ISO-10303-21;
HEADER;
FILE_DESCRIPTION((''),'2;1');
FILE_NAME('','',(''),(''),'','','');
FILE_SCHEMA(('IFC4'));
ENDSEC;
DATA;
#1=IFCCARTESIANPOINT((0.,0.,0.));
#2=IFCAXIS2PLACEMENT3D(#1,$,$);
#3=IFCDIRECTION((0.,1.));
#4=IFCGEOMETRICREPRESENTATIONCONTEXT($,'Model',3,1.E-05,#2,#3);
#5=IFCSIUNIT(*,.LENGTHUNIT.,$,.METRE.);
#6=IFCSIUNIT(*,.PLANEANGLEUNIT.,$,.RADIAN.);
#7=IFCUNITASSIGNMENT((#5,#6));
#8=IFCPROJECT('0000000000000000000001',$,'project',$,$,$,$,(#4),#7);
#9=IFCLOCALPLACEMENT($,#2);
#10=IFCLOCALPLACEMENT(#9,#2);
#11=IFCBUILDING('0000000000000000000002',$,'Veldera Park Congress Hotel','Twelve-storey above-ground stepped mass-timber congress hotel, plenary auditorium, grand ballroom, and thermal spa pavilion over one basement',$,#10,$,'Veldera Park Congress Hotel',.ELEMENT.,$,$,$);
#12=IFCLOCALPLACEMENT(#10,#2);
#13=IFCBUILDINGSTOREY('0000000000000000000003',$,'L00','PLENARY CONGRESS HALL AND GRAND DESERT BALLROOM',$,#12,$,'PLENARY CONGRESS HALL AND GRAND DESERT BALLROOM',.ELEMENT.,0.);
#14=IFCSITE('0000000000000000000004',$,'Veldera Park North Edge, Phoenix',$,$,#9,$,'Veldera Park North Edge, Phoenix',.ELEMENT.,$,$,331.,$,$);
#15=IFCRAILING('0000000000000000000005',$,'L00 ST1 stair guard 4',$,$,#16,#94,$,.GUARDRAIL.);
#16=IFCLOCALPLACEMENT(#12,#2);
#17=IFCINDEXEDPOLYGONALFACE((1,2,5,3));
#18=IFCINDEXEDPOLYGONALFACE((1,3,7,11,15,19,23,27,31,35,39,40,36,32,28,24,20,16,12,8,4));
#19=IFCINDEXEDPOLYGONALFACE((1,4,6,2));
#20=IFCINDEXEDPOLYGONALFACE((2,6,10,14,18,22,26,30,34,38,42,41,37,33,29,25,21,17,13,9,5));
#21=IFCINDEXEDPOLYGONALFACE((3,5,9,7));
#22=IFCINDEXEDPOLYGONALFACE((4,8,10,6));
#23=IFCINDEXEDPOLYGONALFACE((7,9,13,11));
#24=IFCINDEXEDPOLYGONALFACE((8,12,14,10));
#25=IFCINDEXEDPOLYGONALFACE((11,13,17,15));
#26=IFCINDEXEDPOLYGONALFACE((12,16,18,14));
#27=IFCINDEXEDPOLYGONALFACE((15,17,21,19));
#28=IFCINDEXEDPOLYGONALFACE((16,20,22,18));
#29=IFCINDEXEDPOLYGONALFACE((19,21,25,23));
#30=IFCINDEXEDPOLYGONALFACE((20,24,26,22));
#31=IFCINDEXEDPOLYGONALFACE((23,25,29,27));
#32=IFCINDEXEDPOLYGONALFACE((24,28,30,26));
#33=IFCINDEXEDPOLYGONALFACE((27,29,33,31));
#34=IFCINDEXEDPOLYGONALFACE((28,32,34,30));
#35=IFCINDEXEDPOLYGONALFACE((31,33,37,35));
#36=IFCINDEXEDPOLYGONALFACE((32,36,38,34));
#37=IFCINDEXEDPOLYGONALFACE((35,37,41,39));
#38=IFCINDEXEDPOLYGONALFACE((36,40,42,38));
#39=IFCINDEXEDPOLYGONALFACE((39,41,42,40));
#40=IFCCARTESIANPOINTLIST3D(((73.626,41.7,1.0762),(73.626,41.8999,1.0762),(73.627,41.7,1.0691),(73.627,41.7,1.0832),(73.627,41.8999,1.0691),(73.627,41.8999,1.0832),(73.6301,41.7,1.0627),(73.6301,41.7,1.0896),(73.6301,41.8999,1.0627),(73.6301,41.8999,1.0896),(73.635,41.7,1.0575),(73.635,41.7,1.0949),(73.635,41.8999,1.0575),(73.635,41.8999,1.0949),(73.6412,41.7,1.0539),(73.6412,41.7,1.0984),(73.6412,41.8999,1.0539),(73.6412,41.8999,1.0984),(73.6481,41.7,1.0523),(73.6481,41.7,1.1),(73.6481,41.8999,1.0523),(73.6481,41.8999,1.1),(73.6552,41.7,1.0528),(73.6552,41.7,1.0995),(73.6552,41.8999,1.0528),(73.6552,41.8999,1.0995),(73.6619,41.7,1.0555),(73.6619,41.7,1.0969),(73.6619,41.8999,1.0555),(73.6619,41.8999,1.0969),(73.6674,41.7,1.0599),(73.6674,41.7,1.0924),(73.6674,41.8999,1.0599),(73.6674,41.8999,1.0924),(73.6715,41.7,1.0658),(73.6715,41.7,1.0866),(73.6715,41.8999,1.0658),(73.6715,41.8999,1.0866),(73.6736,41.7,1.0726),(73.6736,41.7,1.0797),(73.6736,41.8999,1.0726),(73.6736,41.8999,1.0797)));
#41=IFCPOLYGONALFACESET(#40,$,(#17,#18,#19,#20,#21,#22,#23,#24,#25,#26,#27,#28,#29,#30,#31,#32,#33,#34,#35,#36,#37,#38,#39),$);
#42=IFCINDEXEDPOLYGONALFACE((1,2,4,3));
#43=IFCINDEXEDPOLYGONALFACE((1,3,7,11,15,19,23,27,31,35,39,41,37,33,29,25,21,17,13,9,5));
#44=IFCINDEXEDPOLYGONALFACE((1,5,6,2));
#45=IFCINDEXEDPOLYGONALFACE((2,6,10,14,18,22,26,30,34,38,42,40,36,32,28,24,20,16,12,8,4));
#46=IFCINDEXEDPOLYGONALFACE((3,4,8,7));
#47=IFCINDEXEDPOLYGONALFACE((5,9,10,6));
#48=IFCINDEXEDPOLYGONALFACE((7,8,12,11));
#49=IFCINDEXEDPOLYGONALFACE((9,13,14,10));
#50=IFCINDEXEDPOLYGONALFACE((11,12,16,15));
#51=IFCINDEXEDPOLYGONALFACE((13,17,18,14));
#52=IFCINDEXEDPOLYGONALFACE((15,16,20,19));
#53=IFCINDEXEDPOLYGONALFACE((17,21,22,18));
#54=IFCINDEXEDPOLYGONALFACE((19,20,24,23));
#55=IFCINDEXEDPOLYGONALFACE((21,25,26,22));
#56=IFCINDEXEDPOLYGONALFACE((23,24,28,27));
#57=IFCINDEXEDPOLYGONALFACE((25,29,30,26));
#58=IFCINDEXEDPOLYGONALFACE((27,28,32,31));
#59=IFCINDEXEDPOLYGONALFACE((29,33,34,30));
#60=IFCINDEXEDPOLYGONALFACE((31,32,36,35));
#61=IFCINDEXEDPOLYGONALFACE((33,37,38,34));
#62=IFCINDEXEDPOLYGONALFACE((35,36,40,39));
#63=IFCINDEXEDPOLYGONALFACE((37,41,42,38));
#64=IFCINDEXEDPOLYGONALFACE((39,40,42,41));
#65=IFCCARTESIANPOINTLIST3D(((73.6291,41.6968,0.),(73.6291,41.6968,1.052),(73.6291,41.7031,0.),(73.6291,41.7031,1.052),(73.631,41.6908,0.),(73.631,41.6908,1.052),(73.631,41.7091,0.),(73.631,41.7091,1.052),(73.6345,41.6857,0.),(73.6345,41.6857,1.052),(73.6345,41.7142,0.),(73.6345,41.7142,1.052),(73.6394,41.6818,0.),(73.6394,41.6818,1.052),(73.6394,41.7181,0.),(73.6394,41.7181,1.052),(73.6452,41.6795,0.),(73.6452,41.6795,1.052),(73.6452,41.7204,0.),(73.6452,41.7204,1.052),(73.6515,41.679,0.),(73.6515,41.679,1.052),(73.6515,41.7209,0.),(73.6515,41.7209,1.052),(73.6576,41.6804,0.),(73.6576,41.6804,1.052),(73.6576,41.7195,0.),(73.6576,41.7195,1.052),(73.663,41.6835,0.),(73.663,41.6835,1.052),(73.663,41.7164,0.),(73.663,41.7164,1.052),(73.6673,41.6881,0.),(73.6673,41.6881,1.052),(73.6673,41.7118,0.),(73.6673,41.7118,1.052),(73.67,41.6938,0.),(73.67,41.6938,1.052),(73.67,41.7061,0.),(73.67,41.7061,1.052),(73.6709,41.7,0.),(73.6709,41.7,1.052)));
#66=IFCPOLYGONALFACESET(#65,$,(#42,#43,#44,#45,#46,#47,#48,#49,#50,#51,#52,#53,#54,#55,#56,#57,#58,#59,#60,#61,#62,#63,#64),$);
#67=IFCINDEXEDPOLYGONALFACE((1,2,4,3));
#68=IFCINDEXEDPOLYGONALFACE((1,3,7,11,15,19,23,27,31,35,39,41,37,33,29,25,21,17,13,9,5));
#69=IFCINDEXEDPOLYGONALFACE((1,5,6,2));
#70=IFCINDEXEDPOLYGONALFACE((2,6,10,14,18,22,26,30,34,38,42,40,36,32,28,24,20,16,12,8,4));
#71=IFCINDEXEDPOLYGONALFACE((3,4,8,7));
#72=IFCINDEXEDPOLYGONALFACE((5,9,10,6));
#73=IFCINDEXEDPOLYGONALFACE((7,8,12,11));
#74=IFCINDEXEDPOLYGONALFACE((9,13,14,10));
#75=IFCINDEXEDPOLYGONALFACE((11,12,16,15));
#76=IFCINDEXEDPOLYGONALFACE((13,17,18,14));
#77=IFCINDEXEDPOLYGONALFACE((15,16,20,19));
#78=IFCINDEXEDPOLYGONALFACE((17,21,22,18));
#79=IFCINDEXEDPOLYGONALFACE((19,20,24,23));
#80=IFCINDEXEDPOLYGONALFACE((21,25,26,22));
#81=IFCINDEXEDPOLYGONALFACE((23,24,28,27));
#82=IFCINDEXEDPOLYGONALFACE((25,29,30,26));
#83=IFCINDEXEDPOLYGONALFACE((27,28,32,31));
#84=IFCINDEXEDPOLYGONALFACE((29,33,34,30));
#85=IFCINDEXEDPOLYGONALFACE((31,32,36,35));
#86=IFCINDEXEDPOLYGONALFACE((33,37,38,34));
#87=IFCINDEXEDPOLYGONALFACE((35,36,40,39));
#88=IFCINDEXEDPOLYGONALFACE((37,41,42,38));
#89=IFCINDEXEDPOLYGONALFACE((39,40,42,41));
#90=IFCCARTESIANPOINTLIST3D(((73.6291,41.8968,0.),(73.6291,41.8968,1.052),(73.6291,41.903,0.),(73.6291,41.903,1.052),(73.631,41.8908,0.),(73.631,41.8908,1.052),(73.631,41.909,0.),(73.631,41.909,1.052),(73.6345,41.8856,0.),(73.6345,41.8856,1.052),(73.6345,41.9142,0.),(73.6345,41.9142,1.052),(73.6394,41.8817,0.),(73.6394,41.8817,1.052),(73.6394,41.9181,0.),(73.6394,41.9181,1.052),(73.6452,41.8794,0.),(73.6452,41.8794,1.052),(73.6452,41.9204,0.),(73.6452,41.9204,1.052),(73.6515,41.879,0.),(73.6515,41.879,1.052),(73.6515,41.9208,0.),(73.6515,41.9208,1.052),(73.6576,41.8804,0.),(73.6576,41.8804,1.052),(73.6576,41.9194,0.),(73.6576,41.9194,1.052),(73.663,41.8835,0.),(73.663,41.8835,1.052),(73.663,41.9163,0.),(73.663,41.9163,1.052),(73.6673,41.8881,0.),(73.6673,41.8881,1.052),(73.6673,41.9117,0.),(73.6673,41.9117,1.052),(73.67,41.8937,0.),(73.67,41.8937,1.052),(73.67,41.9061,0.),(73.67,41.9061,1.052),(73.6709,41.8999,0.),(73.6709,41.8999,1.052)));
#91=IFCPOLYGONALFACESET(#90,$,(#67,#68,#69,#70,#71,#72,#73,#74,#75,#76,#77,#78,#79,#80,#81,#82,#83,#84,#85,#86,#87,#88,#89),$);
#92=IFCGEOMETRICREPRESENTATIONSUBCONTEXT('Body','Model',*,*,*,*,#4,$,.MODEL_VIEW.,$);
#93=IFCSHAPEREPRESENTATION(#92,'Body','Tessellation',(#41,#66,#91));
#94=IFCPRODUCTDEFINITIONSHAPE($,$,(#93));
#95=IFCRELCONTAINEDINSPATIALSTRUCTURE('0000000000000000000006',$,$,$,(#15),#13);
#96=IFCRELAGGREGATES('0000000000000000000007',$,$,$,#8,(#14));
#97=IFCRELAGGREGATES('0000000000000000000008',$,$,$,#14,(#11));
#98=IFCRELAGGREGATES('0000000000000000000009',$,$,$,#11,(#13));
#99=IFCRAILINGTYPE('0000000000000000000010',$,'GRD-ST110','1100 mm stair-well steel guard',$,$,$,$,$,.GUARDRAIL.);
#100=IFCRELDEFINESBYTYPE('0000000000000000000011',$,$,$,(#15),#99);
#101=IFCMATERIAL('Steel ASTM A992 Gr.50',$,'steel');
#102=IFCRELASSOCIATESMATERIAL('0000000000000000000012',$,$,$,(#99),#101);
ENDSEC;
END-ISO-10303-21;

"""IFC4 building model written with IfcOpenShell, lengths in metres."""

from ifc_helpers import new_model, si_unit, direction, frame, origin, origin_2d, place, context, subcontext, project, spatial, circle, extrude, material, type_object, element, save


model = new_model("IFC4")

# Units and contexts
model_context = context("Model", 3, precision=1e-05, world=origin(), true_north=direction((0.0, 1.0)))
body_context = subcontext(model_context, "Body", "Model", "MODEL_VIEW")
ifc_project = project(units=[si_unit("LENGTHUNIT", "METRE"), si_unit("PLANEANGLEUNIT", "RADIAN")], contexts=[model_context])

# Site, building, storey
site_placement = place(None, origin())
site = spatial("IfcSite", under=ifc_project, at=site_placement, Name="Veldera Park North Edge, Phoenix", LongName="Veldera Park North Edge, Phoenix", CompositionType="ELEMENT", RefElevation=331.0)
building_placement = place(site_placement, origin())
building = spatial("IfcBuilding", under=site, at=building_placement, Name="Veldera Park Congress Hotel", Description="Twelve-storey above-ground stepped mass-timber congress hotel, plenary auditorium, grand ballroom, and thermal spa pavilion over one basement", LongName="Veldera Park Congress Hotel", CompositionType="ELEMENT")
storey_placement = place(building_placement, origin())
storey = spatial("IfcBuildingStorey", under=building, at=storey_placement, Name="L00", Description="PLENARY CONGRESS HALL AND GRAND DESERT BALLROOM", LongName="PLENARY CONGRESS HALL AND GRAND DESERT BALLROOM", CompositionType="ELEMENT", Elevation=0.0)

# Railing
ifc_material_1 = material(Name="Steel ASTM A992 Gr.50", Category="steel")
railing_type_1 = type_object("IfcRailingType", Name="GRD-ST110", Description="1100 mm stair-well steel guard", PredefinedType="GUARDRAIL", material=ifc_material_1)
railing_1_placement = place(storey_placement, frame((73.6499, 41.7, 0.0)))
element("IfcRailing", 1, at=railing_1_placement, inside=storey, type_object=railing_type_1, Name="L00 ST1 stair guard 4", PredefinedType="GUARDRAIL", context=body_context, shape_type="SweptSolid", body=[
    extrude(circle(Radius=0.0239, at=origin_2d()), frame((0.0, 0.0, 1.0762), z_axis=(0.0, 1.0, 0.0), x_axis=(-1.0, 0.0, 0.0)), (0.0, 0.0, 1.0), 0.2),
    extrude(circle(Radius=0.021, at=origin_2d()), origin(), (0.0, 0.0, 1.0), 1.052),
    extrude(circle(Radius=0.021, at=origin_2d()), frame((0.0, 0.2, 0.0)), (0.0, 0.0, 1.0), 1.052),
])

save(model, "model.ifc")
